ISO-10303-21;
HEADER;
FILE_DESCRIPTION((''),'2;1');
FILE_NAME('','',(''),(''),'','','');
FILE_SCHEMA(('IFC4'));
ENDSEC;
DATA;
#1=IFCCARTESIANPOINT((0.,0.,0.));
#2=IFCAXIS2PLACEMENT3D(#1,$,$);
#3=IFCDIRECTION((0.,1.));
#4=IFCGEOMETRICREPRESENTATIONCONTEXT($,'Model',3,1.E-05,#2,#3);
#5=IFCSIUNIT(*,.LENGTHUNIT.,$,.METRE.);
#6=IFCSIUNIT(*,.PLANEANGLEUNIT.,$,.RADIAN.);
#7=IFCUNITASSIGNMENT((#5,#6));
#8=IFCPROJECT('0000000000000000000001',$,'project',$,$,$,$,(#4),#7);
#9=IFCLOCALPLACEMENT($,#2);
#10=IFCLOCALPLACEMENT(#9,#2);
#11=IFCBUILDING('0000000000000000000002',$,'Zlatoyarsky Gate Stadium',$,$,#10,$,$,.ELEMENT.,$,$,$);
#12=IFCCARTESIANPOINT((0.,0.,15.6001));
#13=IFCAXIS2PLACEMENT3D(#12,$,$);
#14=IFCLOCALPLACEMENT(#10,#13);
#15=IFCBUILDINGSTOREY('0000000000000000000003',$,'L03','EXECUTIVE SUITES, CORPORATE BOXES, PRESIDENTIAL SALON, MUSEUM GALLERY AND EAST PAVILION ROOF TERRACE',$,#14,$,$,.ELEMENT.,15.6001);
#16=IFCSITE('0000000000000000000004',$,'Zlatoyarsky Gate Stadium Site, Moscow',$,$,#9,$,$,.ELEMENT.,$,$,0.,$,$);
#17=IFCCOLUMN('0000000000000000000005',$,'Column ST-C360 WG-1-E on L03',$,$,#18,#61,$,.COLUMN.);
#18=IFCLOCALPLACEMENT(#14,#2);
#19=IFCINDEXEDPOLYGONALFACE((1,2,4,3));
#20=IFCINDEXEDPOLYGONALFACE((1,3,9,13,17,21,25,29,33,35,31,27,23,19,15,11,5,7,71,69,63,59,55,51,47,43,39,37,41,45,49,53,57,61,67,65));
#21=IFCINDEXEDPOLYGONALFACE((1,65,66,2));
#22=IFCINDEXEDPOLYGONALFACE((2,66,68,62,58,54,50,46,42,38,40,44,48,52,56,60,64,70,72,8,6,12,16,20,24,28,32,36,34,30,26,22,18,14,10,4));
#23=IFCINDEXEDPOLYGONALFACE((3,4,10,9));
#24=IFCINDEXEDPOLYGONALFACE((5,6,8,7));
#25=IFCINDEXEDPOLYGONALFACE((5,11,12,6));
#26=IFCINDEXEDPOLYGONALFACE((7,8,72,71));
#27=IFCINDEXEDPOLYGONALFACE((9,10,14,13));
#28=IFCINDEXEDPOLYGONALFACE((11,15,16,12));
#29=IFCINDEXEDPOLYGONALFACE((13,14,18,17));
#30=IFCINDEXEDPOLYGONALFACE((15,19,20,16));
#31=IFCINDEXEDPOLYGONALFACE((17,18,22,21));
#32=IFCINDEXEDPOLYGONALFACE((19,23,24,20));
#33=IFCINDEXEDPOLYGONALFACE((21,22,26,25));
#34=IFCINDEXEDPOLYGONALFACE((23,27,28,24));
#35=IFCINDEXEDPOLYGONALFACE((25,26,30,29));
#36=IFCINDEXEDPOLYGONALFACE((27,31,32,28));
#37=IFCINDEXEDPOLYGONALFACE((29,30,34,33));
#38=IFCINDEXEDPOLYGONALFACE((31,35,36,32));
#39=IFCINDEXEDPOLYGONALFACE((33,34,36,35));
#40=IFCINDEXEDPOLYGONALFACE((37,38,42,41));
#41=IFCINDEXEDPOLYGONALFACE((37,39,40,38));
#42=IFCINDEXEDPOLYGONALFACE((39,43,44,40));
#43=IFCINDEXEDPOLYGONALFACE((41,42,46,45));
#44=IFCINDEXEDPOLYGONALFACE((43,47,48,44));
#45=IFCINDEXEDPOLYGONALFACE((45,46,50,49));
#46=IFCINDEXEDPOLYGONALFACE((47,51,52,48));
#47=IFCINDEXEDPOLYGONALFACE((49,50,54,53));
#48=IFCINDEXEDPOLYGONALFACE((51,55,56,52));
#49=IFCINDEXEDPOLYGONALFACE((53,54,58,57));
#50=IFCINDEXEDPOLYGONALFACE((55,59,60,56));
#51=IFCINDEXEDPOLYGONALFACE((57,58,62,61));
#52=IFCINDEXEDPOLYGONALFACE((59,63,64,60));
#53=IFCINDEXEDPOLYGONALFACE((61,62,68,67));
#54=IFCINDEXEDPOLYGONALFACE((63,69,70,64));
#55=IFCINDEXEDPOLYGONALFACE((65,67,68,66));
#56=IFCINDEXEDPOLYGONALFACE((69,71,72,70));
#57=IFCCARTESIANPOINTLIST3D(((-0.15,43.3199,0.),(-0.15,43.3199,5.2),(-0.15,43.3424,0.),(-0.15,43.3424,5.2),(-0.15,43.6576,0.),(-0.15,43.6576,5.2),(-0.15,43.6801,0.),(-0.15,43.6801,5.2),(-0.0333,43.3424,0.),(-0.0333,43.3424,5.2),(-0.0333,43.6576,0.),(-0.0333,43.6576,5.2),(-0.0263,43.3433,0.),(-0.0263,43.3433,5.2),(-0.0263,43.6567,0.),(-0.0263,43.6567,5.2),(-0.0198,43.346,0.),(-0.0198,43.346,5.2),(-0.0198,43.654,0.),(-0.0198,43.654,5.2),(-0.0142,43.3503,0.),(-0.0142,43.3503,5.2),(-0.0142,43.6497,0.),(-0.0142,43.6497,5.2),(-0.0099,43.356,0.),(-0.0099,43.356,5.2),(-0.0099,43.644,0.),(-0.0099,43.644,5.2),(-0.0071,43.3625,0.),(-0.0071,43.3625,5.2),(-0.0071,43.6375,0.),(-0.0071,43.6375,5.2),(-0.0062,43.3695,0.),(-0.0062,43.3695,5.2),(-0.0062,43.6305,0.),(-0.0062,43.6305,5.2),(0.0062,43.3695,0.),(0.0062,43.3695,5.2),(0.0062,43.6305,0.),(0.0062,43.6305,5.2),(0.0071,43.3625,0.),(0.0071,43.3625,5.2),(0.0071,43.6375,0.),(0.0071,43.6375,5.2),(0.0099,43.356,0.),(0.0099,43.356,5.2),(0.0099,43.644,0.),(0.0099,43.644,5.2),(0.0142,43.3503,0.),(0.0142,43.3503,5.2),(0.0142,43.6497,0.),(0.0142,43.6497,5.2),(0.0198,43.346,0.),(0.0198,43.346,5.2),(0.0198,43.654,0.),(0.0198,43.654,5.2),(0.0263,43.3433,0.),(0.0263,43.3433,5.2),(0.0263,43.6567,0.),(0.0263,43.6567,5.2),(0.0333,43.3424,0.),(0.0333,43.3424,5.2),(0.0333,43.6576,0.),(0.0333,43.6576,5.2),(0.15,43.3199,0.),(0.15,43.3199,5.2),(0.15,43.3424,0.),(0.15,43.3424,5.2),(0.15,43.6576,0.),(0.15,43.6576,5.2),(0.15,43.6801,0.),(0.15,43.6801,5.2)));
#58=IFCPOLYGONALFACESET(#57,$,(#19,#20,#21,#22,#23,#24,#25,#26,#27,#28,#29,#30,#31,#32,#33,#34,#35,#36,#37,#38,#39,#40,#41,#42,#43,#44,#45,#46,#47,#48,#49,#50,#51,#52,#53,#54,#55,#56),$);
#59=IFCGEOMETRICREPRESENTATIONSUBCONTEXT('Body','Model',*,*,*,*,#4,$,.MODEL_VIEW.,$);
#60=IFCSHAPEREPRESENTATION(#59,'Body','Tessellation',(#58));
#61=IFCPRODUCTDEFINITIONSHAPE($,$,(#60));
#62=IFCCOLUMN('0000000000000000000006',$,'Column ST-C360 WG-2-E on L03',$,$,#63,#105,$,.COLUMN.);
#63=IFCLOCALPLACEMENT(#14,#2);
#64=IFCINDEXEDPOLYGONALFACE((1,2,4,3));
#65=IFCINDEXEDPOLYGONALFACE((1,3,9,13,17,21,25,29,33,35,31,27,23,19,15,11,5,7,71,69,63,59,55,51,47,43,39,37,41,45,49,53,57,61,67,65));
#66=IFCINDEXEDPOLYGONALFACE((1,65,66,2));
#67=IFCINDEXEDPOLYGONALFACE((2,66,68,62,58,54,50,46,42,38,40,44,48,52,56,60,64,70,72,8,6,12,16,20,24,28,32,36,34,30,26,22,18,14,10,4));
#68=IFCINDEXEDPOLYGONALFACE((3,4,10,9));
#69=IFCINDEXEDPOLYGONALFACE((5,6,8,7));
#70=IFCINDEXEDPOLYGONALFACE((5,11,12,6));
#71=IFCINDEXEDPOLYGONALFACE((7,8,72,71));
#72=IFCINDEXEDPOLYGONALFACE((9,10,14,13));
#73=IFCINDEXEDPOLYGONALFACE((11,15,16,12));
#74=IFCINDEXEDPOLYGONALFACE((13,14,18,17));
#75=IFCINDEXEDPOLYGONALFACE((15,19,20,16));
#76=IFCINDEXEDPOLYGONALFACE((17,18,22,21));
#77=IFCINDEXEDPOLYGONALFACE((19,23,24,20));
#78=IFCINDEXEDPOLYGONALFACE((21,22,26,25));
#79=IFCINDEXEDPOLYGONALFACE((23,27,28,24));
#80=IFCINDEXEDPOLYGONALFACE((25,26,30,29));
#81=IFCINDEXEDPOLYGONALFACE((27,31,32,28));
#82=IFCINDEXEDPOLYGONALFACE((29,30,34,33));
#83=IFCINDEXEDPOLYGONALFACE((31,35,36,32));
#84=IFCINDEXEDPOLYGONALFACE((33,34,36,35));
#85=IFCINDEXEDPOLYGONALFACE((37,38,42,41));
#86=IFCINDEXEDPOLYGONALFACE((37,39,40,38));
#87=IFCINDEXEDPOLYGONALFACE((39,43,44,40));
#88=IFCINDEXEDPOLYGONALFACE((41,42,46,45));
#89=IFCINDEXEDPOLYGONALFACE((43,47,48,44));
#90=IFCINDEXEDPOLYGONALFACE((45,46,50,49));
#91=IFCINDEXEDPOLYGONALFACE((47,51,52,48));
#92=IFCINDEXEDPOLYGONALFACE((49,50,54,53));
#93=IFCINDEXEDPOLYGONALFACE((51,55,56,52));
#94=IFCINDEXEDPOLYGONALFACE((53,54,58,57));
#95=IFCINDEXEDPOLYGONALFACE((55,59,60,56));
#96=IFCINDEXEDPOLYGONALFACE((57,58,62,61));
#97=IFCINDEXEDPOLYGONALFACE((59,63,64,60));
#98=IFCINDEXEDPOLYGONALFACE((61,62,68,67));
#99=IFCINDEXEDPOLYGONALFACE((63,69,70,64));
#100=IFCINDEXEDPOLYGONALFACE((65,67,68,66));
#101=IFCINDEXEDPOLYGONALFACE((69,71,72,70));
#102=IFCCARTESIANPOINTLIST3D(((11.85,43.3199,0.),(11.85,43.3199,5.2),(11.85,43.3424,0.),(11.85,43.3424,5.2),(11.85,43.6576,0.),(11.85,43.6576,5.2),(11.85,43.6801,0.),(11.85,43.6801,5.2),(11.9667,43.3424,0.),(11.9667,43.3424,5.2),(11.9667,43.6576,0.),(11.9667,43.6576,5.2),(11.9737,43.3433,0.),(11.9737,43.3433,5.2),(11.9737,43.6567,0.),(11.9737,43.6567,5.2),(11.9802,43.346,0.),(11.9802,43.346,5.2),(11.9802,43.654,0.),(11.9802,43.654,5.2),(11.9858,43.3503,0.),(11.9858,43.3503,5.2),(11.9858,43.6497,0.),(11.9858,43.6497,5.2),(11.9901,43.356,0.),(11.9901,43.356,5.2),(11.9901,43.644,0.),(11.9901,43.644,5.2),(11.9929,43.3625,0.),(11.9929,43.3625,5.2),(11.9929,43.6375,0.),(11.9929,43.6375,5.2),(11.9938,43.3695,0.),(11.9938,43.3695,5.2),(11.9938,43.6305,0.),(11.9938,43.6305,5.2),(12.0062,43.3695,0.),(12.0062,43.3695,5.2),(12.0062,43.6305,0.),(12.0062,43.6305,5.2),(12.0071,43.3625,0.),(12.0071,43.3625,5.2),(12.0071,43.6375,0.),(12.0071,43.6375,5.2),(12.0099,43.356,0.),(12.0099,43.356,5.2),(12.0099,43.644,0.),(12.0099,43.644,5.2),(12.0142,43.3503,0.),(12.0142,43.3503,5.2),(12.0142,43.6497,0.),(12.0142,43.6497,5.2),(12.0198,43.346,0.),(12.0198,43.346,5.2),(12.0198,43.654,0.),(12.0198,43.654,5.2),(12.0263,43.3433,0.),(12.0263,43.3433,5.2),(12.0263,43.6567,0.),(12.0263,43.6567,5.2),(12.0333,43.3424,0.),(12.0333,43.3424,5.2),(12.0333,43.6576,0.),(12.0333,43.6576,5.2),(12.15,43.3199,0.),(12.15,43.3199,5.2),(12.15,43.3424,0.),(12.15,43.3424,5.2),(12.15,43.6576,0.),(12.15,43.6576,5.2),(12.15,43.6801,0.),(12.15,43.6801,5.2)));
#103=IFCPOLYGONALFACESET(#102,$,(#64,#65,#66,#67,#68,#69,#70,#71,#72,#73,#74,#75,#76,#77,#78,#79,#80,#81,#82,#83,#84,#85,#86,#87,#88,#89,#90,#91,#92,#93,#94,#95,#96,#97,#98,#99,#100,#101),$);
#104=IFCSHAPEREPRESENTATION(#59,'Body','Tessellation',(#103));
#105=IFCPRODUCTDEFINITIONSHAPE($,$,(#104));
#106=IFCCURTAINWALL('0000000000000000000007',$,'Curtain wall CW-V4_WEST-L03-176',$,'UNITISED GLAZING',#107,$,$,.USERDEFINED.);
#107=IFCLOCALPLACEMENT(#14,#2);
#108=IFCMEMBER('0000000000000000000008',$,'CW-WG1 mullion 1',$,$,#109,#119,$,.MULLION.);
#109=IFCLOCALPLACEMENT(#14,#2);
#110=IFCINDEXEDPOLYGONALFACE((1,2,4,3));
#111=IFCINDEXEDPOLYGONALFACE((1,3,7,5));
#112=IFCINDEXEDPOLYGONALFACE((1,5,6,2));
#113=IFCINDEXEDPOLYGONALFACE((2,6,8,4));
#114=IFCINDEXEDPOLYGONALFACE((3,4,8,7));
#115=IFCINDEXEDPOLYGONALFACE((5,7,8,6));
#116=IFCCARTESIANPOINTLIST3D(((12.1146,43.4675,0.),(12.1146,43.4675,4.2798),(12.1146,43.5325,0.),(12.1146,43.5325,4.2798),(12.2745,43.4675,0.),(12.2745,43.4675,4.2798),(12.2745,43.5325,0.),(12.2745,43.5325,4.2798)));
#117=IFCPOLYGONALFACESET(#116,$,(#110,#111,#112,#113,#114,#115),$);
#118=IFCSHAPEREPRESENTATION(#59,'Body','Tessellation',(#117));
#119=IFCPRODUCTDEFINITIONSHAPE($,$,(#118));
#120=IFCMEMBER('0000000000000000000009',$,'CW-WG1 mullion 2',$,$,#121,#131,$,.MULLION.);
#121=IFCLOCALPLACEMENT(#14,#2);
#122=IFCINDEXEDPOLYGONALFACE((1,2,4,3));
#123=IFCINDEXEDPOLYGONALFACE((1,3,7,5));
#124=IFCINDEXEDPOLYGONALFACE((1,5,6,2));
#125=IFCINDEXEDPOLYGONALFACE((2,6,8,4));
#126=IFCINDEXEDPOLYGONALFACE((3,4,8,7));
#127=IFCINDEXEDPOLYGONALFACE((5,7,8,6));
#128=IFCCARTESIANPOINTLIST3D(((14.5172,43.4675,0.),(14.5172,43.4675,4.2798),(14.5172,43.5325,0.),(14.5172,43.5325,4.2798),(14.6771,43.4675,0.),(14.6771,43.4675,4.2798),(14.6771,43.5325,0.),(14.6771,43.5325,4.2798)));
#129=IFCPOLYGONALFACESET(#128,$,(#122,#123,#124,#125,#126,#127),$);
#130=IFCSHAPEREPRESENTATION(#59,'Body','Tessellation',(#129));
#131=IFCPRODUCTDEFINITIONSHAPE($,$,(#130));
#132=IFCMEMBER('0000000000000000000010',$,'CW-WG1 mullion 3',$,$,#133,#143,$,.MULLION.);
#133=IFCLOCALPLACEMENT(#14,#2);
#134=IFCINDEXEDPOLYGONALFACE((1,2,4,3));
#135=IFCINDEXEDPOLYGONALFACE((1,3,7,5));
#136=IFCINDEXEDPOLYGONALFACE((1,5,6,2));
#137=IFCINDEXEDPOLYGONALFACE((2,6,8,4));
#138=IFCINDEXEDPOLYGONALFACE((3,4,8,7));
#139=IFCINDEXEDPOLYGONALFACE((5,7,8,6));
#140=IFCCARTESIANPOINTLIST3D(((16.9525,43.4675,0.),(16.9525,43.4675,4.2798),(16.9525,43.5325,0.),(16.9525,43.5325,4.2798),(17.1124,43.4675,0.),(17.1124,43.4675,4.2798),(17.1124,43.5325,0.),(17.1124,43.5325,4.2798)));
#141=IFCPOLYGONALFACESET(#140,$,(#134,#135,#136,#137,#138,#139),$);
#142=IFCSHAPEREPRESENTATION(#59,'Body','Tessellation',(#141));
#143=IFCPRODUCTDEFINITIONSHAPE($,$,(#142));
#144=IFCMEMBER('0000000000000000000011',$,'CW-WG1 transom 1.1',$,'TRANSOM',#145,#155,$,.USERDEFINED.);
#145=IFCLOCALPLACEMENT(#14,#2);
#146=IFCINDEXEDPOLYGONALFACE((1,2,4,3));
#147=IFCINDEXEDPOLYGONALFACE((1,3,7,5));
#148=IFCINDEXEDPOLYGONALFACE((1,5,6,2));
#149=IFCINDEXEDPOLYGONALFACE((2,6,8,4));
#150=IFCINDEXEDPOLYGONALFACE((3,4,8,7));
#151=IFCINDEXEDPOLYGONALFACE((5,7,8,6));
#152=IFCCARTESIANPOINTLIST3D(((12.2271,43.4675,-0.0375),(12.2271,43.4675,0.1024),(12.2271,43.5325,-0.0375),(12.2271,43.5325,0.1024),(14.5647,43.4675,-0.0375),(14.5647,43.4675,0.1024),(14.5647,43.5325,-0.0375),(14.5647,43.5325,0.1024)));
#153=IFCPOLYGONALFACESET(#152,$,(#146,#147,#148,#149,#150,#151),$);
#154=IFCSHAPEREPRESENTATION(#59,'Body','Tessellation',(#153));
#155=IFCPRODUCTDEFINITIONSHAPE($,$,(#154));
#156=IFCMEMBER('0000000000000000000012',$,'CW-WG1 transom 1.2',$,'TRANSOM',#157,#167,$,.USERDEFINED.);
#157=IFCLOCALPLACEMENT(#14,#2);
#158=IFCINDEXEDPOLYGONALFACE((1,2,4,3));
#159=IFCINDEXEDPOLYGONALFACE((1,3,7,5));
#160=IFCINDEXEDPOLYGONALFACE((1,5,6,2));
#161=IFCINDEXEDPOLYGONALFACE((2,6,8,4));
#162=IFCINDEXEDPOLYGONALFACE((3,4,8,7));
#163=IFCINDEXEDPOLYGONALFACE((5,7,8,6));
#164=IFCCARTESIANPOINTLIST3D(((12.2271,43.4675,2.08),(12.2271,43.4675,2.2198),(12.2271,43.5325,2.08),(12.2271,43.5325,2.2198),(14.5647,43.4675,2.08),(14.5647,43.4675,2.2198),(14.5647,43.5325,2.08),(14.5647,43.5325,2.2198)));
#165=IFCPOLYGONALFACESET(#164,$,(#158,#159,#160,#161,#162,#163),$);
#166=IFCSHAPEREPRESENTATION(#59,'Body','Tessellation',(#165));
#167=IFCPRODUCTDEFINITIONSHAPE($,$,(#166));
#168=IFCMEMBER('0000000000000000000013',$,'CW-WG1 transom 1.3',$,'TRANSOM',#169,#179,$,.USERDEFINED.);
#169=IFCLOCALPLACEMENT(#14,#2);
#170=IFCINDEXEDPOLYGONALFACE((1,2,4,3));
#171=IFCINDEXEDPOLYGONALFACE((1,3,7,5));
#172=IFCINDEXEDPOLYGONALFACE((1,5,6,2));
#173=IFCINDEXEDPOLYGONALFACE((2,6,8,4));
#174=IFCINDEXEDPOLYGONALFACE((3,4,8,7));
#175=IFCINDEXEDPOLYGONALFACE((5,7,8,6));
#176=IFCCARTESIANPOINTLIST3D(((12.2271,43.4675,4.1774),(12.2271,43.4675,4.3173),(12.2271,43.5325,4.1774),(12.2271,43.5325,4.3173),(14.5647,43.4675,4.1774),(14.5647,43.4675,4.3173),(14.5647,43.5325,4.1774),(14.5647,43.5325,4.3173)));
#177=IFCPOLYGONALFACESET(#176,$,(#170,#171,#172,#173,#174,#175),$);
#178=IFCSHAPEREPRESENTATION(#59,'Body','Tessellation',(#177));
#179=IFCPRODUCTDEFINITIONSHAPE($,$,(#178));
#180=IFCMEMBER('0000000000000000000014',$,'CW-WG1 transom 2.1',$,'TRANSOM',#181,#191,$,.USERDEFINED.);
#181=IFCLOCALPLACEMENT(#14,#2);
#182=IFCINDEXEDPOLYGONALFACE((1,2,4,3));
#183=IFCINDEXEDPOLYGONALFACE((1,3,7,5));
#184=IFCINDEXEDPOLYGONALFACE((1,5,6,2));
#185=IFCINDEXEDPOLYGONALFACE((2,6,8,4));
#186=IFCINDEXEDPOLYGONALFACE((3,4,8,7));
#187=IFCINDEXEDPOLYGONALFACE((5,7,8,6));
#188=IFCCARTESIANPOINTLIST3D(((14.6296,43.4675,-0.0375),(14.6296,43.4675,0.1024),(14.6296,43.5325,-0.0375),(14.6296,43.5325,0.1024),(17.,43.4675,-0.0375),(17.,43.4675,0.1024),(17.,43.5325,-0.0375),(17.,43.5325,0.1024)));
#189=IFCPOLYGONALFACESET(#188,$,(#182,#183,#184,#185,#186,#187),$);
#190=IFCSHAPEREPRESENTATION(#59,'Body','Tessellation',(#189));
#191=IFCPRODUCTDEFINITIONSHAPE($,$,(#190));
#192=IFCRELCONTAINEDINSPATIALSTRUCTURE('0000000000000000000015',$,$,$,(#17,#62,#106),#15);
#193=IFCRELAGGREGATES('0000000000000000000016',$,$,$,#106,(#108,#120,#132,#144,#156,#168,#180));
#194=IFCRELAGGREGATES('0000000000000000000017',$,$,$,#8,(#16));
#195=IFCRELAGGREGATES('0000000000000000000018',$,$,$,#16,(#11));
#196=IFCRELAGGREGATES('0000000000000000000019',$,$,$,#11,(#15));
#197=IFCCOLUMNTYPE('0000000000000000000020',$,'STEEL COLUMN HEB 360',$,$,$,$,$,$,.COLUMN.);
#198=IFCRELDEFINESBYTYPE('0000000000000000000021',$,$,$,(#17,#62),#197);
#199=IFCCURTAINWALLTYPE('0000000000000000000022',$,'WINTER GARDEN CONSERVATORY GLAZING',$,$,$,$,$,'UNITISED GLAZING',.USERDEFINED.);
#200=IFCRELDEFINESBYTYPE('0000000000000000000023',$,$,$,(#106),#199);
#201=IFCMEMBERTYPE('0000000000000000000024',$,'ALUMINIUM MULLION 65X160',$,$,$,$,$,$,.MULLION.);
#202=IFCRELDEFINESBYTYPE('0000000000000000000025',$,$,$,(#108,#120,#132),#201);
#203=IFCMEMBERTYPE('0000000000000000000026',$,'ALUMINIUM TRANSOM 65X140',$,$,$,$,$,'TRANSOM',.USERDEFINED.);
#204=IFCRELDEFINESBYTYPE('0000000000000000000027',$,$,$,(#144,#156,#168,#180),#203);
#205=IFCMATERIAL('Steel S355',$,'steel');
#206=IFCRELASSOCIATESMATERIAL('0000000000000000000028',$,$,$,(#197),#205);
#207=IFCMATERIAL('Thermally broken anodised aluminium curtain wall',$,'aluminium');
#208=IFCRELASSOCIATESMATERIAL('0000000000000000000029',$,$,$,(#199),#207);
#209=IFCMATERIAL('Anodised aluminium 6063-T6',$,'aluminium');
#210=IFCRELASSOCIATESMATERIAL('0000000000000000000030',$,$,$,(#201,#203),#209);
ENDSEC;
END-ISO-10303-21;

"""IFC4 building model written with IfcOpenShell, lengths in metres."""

from ifc_helpers import new_model, si_unit, direction, frame, origin, origin_2d, place, context, subcontext, project, spatial, rectangle, i_section, extrude, material, material_profile, profile_set, type_object, element, aggregate, save


model = new_model("IFC4")

# Units and contexts
model_context = context("Model", 3, precision=1e-05, world=origin(), true_north=direction((0.0, 1.0)))
body_context = subcontext(model_context, "Body", "Model", "MODEL_VIEW")
ifc_project = project(units=[si_unit("LENGTHUNIT", "METRE"), si_unit("PLANEANGLEUNIT", "RADIAN")], contexts=[model_context])

# Site, building, storey
site_placement = place(None, origin())
site = spatial("IfcSite", under=ifc_project, at=site_placement, Name="Zlatoyarsky Gate Stadium Site, Moscow", CompositionType="ELEMENT", RefElevation=0.0)
building_placement = place(site_placement, origin())
building = spatial("IfcBuilding", under=site, at=building_placement, Name="Zlatoyarsky Gate Stadium", CompositionType="ELEMENT")
storey_placement = place(building_placement, frame((0.0, 0.0, 15.6001)))
storey = spatial("IfcBuildingStorey", under=building, at=storey_placement, Name="L03", Description="EXECUTIVE SUITES, CORPORATE BOXES, PRESIDENTIAL SALON, MUSEUM GALLERY AND EAST PAVILION ROOF TERRACE", CompositionType="ELEMENT", Elevation=15.6001)

# Columns
ifc_material_1 = material(Name="Steel S355", Category="steel")
ifc_material_profile_1 = material_profile(ifc_material_1, i_section(OverallWidth=0.3, OverallDepth=0.3601, WebThickness=0.0125, FlangeThickness=0.0225, FilletRadius=0.0271, at=origin_2d()), Name="HEB 360")
ifc_profile_set_1 = profile_set([ifc_material_profile_1], Name="Steel S355")
column_type = type_object("IfcColumnType", Name="STEEL COLUMN HEB 360", PredefinedType="COLUMN", material=ifc_profile_set_1)
for number, where, z_axis, x_axis, name in (
    (1, (0.0, 43.5, 0.0), (0.0, 0.0, 1.0), (1.0, 0.0, 0.0), "Column ST-C360 WG-1-E on L03"),
    (2, (12.0, 43.5, 0.0), (0.0, 0.0, 1.0), (1.0, 0.0, 0.0), "Column ST-C360 WG-2-E on L03"),
):
    element("IfcColumn", number, at=place(storey_placement, frame(where, z_axis=z_axis, x_axis=x_axis)), inside=storey, type_object=column_type, Name=name, PredefinedType="COLUMN", context=body_context, shape_type="SweptSolid", body=[
        extrude(i_section(OverallWidth=0.3, OverallDepth=0.3601, WebThickness=0.0125, FlangeThickness=0.0225, FilletRadius=0.0271, at=origin_2d()), origin(), (0.0, 0.0, 1.0), 5.2),
    ])

# Curtain wall, members
ifc_material_2 = material(Name="Thermally broken anodised aluminium curtain wall", Category="aluminium")
curtain_wall_type = type_object("IfcCurtainWallType", Name="WINTER GARDEN CONSERVATORY GLAZING", ElementType="UNITISED GLAZING", PredefinedType="USERDEFINED", material=ifc_material_2)
curtain_wall_placement = place(storey_placement, origin())
curtain_wall = element("IfcCurtainWall", 3, at=curtain_wall_placement, inside=storey, type_object=curtain_wall_type, Name="Curtain wall CW-V4_WEST-L03-176", ObjectType="UNITISED GLAZING", PredefinedType="USERDEFINED")
ifc_material_3 = material(Name="Anodised aluminium 6063-T6", Category="aluminium")
ifc_material_profile_2 = material_profile(ifc_material_3, rectangle(XDim=0.0649, YDim=0.1599, at=origin_2d()), Name="ALU 65X160")
ifc_profile_set_2 = profile_set([ifc_material_profile_2], Name="Anodised aluminium 6063-T6")
member_type_1 = type_object("IfcMemberType", Name="ALUMINIUM MULLION 65X160", PredefinedType="MULLION", material=ifc_profile_set_2)
member_1_placement = place(storey_placement, frame((12.1946, 43.5, 0.0), z_axis=(0.0, 0.0, 1.0), x_axis=(0.0, 1.0, 0.0)))
member_1 = element("IfcMember", 4, at=member_1_placement, type_object=member_type_1, Name="CW-WG1 mullion 1", PredefinedType="MULLION", context=body_context, shape_type="SweptSolid", body=[
    extrude(rectangle(XDim=0.0649, YDim=0.1599, at=origin_2d()), origin(), (0.0, 0.0, 1.0), 4.2798),
])
member_2_placement = place(storey_placement, frame((14.5972, 43.5, 0.0), z_axis=(0.0, 0.0, 1.0), x_axis=(0.0, 1.0, 0.0)))
member_2 = element("IfcMember", 5, at=member_2_placement, type_object=member_type_1, Name="CW-WG1 mullion 2", PredefinedType="MULLION", context=body_context, shape_type="SweptSolid", body=[
    extrude(rectangle(XDim=0.0649, YDim=0.1599, at=origin_2d()), origin(), (0.0, 0.0, 1.0), 4.2798),
])
member_3_placement = place(storey_placement, frame((17.0325, 43.5, 0.0), z_axis=(0.0, 0.0, 1.0), x_axis=(0.0, 1.0, 0.0)))
member_3 = element("IfcMember", 6, at=member_3_placement, type_object=member_type_1, Name="CW-WG1 mullion 3", PredefinedType="MULLION", context=body_context, shape_type="SweptSolid", body=[
    extrude(rectangle(XDim=0.0649, YDim=0.1599, at=origin_2d()), origin(), (0.0, 0.0, 1.0), 4.2798),
])
ifc_material_profile_3 = material_profile(ifc_material_3, rectangle(XDim=0.0649, YDim=0.1399, at=origin_2d()), Name="ALU 65X140")
ifc_profile_set_3 = profile_set([ifc_material_profile_3], Name="Anodised aluminium 6063-T6")
member_type_2 = type_object("IfcMemberType", Name="ALUMINIUM TRANSOM 65X140", ElementType="TRANSOM", PredefinedType="USERDEFINED", material=ifc_profile_set_3)
member_4_placement = place(storey_placement, frame((12.2271, 43.5, 0.0325), z_axis=(1.0, 0.0, 0.0), x_axis=(0.0, 1.0, 0.0)))
member_4 = element("IfcMember", 7, at=member_4_placement, type_object=member_type_2, Name="CW-WG1 transom 1.1", ObjectType="TRANSOM", PredefinedType="USERDEFINED", context=body_context, shape_type="SweptSolid", body=[
    extrude(rectangle(XDim=0.0649, YDim=0.1399, at=origin_2d()), origin(), (0.0, 0.0, 1.0), 2.3376),
])
member_5_placement = place(storey_placement, frame((12.2271, 43.5, 2.1499), z_axis=(1.0, 0.0, 0.0), x_axis=(0.0, 1.0, 0.0)))
member_5 = element("IfcMember", 8, at=member_5_placement, type_object=member_type_2, Name="CW-WG1 transom 1.2", ObjectType="TRANSOM", PredefinedType="USERDEFINED", context=body_context, shape_type="SweptSolid", body=[
    extrude(rectangle(XDim=0.0649, YDim=0.1399, at=origin_2d()), origin(), (0.0, 0.0, 1.0), 2.3376),
])
member_6_placement = place(storey_placement, frame((12.2271, 43.5, 4.2473), z_axis=(1.0, 0.0, 0.0), x_axis=(0.0, 1.0, 0.0)))
member_6 = element("IfcMember", 9, at=member_6_placement, type_object=member_type_2, Name="CW-WG1 transom 1.3", ObjectType="TRANSOM", PredefinedType="USERDEFINED", context=body_context, shape_type="SweptSolid", body=[
    extrude(rectangle(XDim=0.0649, YDim=0.1399, at=origin_2d()), origin(), (0.0, 0.0, 1.0), 2.3376),
])
member_7_placement = place(storey_placement, frame((14.6296, 43.5, 0.0325), z_axis=(1.0, 0.0, 0.0), x_axis=(0.0, 1.0, 0.0)))
member_7 = element("IfcMember", 10, at=member_7_placement, type_object=member_type_2, Name="CW-WG1 transom 2.1", ObjectType="TRANSOM", PredefinedType="USERDEFINED", context=body_context, shape_type="SweptSolid", body=[
    extrude(rectangle(XDim=0.0649, YDim=0.1399, at=origin_2d()), origin(), (0.0, 0.0, 1.0), 2.3704),
])

aggregate(curtain_wall, [member_1, member_2, member_3, member_4, member_5, member_6, member_7])

save(model, "model.ifc")
